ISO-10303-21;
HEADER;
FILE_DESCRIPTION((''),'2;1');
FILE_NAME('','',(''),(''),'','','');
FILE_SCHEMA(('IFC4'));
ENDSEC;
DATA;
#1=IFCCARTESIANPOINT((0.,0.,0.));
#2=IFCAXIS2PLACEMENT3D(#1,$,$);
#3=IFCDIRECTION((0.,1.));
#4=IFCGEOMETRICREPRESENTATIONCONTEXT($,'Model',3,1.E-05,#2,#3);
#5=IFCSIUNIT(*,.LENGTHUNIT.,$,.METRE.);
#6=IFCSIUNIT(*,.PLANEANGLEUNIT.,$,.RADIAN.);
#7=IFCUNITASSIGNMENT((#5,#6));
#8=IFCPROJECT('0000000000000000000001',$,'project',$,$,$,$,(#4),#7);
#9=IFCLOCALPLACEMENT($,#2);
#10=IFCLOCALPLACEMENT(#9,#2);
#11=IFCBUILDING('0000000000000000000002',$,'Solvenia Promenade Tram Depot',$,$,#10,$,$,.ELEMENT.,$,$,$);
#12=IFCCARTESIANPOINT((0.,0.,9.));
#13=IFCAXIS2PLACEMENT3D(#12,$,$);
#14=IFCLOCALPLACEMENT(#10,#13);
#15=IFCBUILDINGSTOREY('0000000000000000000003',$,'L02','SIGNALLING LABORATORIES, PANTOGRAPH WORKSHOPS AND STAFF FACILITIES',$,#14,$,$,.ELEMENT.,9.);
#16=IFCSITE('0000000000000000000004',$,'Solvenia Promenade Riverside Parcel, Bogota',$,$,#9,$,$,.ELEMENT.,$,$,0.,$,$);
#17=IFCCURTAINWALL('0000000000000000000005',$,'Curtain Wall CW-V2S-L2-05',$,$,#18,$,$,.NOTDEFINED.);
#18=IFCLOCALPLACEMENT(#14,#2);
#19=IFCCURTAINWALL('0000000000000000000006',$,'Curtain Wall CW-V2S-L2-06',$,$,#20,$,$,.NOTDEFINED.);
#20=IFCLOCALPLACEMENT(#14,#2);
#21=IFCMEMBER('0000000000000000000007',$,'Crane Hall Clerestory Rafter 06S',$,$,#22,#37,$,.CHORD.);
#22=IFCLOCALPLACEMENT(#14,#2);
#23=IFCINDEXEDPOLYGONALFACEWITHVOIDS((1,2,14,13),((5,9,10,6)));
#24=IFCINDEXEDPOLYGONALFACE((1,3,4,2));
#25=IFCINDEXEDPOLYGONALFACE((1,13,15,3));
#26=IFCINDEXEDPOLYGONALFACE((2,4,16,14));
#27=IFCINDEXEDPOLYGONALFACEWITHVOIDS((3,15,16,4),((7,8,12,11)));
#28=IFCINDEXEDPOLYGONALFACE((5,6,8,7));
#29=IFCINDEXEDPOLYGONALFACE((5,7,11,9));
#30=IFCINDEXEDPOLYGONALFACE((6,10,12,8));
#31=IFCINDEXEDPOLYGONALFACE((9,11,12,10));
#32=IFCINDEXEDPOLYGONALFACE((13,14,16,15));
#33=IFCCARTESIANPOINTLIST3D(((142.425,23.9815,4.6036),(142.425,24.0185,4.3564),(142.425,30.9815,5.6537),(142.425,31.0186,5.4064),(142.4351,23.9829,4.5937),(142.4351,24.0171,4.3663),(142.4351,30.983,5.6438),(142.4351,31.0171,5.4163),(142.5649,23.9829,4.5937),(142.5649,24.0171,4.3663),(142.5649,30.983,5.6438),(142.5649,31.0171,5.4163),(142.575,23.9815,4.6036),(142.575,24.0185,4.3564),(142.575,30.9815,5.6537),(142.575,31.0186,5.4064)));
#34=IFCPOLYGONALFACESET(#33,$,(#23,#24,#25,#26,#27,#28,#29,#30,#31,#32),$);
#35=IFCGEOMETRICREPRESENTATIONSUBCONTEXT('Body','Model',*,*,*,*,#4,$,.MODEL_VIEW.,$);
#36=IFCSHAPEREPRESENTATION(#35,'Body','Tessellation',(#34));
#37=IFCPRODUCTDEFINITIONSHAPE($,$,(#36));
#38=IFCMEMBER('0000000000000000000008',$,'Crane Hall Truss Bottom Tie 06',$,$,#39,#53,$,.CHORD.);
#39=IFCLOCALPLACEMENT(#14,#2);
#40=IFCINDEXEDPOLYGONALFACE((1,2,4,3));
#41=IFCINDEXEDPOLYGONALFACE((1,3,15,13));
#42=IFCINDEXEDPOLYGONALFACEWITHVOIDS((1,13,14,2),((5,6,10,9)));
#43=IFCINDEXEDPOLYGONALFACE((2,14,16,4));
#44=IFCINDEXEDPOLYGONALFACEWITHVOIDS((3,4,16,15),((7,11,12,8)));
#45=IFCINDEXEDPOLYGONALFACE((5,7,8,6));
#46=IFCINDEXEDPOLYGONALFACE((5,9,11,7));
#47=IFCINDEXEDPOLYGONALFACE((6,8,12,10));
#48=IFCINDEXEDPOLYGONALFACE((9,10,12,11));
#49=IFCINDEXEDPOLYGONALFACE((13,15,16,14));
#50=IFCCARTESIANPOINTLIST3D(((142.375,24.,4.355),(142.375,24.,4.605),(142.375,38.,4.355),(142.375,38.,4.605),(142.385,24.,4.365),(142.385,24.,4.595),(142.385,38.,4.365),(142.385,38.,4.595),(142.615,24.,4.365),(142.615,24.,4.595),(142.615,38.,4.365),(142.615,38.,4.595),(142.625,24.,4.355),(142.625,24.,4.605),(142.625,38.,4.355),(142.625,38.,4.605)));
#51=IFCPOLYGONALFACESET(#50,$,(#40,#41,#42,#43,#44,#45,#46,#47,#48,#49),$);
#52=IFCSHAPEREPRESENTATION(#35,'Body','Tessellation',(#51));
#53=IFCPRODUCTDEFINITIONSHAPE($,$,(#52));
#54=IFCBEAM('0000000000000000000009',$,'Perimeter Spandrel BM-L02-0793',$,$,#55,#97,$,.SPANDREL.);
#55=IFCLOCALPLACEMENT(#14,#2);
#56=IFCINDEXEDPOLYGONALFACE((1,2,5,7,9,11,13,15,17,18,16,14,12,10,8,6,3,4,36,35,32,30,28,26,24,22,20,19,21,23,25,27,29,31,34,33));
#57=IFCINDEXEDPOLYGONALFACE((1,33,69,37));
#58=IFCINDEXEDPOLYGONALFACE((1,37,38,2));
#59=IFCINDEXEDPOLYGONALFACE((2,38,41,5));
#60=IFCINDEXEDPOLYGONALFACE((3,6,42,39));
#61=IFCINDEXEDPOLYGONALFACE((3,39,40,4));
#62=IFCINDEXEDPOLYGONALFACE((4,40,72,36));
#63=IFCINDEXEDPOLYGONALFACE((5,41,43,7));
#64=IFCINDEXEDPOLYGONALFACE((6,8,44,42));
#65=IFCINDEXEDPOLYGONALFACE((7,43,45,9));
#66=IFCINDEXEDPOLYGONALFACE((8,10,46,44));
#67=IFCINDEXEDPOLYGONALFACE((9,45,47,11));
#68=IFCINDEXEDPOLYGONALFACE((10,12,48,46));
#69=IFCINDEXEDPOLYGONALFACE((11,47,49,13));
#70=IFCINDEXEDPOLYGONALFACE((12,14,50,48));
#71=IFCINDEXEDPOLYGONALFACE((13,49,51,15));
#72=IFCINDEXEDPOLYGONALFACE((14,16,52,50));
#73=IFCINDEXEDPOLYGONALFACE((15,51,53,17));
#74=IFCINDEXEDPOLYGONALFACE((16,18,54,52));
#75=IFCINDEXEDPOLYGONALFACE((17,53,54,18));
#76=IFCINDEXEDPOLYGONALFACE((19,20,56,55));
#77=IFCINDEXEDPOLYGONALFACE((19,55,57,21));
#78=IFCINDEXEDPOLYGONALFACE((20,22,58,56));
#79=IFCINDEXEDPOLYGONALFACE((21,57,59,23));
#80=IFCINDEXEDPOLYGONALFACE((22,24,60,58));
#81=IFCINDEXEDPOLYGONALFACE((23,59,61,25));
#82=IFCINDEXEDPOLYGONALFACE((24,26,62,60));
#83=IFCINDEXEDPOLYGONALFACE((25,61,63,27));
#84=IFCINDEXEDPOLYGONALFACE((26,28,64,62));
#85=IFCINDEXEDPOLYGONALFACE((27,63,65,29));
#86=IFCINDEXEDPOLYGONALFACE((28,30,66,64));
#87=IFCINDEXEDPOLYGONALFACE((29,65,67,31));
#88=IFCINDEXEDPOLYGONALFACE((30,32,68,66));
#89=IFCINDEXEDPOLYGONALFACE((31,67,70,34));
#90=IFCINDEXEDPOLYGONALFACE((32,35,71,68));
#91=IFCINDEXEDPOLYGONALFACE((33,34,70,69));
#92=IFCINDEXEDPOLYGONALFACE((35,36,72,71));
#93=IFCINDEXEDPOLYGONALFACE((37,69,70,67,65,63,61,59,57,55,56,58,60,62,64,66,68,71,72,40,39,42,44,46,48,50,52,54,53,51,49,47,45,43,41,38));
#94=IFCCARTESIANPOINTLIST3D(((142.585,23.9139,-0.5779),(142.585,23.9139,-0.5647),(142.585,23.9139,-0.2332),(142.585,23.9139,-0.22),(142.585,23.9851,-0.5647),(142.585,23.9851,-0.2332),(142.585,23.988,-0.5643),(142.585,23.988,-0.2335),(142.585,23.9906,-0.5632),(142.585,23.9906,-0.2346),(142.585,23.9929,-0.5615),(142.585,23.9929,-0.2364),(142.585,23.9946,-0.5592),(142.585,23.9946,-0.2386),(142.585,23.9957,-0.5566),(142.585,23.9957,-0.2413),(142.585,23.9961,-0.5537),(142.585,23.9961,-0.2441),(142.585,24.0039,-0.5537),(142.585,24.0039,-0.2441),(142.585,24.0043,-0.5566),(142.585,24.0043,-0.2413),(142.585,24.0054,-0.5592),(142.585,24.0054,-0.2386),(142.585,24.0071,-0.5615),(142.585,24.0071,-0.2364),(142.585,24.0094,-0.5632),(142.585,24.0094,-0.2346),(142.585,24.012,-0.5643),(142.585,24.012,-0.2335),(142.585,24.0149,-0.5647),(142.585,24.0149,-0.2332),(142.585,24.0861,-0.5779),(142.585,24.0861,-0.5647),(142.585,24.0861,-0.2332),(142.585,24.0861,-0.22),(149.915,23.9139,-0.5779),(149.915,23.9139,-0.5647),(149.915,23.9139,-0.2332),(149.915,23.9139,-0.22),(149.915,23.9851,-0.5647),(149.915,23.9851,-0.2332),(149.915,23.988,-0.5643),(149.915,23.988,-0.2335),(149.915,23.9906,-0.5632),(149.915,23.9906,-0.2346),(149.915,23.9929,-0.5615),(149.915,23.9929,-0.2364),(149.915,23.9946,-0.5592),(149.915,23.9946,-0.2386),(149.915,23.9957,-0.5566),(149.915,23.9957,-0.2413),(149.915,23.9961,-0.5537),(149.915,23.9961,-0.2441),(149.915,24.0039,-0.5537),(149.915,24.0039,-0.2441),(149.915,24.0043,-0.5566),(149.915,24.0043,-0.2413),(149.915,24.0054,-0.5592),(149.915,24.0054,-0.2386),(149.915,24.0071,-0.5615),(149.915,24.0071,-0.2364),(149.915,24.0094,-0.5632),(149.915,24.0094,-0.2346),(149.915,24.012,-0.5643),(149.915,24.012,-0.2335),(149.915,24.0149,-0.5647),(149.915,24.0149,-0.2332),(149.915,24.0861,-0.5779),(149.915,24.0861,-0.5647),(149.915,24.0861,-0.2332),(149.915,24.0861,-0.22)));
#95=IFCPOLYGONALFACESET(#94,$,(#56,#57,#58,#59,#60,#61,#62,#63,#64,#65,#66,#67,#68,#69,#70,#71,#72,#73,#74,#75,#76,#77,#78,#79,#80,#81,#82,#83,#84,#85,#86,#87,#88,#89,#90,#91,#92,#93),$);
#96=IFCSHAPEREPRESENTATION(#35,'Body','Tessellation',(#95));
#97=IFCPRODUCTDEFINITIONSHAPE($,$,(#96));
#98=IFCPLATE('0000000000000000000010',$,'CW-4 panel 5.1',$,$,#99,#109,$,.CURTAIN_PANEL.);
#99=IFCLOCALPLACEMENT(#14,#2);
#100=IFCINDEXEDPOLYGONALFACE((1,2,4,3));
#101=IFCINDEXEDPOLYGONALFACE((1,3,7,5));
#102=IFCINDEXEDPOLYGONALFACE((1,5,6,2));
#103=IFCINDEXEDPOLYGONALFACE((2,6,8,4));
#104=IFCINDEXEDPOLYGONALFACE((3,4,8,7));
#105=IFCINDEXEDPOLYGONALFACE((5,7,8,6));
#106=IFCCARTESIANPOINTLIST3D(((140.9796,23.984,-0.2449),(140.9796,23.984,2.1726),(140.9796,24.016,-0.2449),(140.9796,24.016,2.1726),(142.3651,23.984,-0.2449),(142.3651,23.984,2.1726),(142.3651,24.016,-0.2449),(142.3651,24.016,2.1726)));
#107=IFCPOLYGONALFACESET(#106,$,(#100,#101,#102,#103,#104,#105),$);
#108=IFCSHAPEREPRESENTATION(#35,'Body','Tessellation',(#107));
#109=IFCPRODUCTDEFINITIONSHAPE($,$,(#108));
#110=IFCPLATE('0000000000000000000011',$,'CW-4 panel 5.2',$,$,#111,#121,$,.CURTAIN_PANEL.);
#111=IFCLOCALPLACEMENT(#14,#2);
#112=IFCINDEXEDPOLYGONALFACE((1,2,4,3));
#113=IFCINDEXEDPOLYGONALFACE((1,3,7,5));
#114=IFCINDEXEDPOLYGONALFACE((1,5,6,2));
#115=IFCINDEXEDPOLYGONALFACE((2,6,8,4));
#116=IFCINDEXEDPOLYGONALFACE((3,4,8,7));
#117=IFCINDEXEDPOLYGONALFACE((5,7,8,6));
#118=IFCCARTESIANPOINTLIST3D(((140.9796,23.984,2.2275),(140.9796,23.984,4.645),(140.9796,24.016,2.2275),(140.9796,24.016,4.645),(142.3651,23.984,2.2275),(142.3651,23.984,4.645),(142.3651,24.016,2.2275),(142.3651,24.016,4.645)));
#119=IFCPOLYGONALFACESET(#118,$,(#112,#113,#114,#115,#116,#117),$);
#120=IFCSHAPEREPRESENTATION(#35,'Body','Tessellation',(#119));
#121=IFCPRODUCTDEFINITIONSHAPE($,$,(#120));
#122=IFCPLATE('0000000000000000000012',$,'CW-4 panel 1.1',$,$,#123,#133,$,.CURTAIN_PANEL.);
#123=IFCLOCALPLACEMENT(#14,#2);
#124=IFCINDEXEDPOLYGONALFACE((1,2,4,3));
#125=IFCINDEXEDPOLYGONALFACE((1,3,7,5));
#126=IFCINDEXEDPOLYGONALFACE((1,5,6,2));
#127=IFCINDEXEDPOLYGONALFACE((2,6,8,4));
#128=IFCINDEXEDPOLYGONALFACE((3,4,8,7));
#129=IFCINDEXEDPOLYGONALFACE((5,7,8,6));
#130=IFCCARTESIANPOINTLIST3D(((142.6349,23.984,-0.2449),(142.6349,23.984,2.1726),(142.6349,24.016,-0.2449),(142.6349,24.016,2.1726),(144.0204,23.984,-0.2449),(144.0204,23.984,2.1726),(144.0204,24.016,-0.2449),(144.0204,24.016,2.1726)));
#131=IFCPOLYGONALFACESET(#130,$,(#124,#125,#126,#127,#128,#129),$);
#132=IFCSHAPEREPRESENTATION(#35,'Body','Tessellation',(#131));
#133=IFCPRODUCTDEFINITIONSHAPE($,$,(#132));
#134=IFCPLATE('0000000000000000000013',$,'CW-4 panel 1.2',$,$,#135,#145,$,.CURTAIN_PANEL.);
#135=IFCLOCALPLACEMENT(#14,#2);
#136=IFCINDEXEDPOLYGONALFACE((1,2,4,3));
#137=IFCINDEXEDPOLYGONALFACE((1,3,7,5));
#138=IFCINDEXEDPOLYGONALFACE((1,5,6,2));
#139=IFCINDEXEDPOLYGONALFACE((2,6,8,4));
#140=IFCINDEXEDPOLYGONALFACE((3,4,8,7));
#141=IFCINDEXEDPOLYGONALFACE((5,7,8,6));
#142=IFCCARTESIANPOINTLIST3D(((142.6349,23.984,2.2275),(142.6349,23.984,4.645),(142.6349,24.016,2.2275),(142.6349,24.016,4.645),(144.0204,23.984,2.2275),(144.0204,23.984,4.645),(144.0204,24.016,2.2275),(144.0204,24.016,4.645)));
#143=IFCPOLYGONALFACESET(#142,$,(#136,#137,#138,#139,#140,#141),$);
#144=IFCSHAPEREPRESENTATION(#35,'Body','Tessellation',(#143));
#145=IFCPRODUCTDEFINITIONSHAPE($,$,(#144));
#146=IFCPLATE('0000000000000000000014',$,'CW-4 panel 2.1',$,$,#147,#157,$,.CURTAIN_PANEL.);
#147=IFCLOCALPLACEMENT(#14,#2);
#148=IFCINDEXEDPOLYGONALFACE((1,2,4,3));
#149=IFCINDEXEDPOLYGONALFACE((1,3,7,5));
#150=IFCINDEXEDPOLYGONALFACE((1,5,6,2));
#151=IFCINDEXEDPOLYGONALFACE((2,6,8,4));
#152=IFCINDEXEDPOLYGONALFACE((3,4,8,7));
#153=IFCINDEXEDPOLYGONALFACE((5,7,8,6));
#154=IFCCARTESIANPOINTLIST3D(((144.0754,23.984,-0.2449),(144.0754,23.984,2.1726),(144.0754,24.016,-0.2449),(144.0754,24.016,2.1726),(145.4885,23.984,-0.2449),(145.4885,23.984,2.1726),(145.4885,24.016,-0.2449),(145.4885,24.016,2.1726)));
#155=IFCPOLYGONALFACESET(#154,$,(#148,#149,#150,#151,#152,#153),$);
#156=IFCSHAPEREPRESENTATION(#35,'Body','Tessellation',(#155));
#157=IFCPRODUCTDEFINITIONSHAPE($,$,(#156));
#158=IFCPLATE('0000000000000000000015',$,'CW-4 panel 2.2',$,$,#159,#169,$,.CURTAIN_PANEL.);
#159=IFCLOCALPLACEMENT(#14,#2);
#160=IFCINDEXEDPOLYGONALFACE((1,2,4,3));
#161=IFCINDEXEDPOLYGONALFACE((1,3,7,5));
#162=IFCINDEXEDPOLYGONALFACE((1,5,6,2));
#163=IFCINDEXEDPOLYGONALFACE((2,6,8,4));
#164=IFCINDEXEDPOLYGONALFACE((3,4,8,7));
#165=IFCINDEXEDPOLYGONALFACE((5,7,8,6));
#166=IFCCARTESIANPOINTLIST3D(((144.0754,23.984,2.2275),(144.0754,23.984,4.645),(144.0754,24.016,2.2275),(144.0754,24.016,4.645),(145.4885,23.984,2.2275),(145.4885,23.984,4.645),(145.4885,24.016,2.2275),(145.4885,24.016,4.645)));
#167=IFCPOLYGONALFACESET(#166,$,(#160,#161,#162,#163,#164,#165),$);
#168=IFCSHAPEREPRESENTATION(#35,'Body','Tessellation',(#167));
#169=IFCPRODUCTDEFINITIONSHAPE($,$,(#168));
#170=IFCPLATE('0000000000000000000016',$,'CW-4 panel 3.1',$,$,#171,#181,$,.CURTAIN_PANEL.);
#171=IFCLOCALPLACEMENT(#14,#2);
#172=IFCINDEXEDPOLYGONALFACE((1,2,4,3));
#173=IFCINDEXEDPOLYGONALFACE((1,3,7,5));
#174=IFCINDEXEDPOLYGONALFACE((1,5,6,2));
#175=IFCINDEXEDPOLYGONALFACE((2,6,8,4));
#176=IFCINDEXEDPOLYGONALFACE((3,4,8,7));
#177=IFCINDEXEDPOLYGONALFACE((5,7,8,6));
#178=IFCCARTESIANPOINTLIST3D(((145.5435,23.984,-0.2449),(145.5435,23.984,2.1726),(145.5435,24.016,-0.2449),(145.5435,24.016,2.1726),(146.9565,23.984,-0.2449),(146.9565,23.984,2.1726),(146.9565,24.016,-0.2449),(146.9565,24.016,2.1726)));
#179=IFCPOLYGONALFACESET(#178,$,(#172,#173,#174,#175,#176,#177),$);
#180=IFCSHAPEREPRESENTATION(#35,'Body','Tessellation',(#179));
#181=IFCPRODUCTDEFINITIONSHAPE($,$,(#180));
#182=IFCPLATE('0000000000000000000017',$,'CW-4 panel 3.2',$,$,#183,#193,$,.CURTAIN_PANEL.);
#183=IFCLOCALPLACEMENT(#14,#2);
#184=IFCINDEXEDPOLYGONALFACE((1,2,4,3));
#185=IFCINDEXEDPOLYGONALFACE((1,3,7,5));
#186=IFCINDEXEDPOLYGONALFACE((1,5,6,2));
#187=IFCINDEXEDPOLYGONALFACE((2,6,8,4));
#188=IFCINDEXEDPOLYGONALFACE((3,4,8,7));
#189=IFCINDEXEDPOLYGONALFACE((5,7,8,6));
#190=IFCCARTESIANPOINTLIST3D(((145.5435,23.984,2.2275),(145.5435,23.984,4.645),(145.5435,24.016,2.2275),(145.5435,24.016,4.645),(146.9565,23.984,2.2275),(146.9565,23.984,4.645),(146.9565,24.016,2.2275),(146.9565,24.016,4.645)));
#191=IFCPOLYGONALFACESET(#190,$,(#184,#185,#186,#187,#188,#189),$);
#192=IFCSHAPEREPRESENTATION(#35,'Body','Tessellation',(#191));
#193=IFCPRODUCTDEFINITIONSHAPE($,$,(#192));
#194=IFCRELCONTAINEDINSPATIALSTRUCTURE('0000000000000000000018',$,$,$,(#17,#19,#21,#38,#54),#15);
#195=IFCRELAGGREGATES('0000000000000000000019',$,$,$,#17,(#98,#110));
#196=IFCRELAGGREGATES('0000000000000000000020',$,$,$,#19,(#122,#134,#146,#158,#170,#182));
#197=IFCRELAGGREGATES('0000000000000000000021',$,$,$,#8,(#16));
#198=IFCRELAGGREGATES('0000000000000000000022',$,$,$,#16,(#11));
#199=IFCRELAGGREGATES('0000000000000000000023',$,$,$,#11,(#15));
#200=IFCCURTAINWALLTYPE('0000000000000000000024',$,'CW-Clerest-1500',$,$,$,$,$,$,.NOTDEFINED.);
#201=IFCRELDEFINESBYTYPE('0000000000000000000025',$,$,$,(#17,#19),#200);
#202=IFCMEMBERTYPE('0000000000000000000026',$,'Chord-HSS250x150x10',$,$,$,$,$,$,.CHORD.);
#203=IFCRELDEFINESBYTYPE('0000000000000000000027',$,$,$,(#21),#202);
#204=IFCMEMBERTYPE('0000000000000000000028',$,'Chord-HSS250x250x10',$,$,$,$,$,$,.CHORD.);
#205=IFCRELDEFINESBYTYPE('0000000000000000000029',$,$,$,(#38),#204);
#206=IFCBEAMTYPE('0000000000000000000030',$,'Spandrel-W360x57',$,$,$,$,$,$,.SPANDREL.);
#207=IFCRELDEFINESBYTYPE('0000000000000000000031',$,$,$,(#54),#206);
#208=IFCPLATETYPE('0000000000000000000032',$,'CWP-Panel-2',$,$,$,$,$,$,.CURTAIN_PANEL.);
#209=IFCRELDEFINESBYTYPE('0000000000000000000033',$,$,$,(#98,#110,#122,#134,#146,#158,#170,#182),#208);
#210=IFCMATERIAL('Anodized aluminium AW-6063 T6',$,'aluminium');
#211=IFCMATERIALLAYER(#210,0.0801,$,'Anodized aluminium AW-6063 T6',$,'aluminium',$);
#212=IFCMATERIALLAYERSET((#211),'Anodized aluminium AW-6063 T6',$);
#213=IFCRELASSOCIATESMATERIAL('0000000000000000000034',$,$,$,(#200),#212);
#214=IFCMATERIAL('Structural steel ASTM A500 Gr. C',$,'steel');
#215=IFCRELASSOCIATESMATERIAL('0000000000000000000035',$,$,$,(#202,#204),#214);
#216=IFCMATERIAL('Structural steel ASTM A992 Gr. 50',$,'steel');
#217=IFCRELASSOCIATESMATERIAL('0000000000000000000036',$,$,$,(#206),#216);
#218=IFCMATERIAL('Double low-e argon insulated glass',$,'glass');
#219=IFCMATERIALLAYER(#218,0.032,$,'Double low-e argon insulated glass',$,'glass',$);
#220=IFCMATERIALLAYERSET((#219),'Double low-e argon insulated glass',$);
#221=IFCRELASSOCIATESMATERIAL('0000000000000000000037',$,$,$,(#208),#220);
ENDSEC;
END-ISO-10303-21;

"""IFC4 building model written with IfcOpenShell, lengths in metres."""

from ifc_helpers import new_model, si_unit, direction, frame, origin, origin_2d, place, context, subcontext, project, spatial, rectangle, hollow_rectangle, i_section, extrude, material, layer, layer_set, material_profile, profile_set, type_object, element, aggregate, save


model = new_model("IFC4")

# Units and contexts
model_context = context("Model", 3, precision=1e-05, world=origin(), true_north=direction((0.0, 1.0)))
body_context = subcontext(model_context, "Body", "Model", "MODEL_VIEW")
ifc_project = project(units=[si_unit("LENGTHUNIT", "METRE"), si_unit("PLANEANGLEUNIT", "RADIAN")], contexts=[model_context])

# Site, building, storey
site_placement = place(None, origin())
site = spatial("IfcSite", under=ifc_project, at=site_placement, Name="Solvenia Promenade Riverside Parcel, Bogota", CompositionType="ELEMENT", RefElevation=0.0)
building_placement = place(site_placement, origin())
building = spatial("IfcBuilding", under=site, at=building_placement, Name="Solvenia Promenade Tram Depot", CompositionType="ELEMENT")
storey_placement = place(building_placement, frame((0.0, 0.0, 9.0)))
storey = spatial("IfcBuildingStorey", under=building, at=storey_placement, Name="L02", Description="SIGNALLING LABORATORIES, PANTOGRAPH WORKSHOPS AND STAFF FACILITIES", CompositionType="ELEMENT", Elevation=9.0)

# Shared definitions
ifc_material_1 = material(Name="Structural steel ASTM A992 Gr. 50", Category="steel")

# Curtain wall
ifc_material_2 = material(Name="Anodized aluminium AW-6063 T6", Category="aluminium")
ifc_layer_1 = layer(ifc_material_2, 0.0801, Name="Anodized aluminium AW-6063 T6", Category="aluminium")
ifc_layer_set_1 = layer_set([ifc_layer_1], Name="Anodized aluminium AW-6063 T6")
curtain_wall_type = type_object("IfcCurtainWallType", Name="CW-Clerest-1500", PredefinedType="NOTDEFINED", material=ifc_layer_set_1)
curtain_wall_1_placement = place(storey_placement, origin())
curtain_wall_1 = element("IfcCurtainWall", 1, at=curtain_wall_1_placement, inside=storey, type_object=curtain_wall_type, Name="Curtain Wall CW-V2S-L2-05", PredefinedType="NOTDEFINED")

# Curtain wall
curtain_wall_2_placement = place(storey_placement, origin())
curtain_wall_2 = element("IfcCurtainWall", 2, at=curtain_wall_2_placement, inside=storey, type_object=curtain_wall_type, Name="Curtain Wall CW-V2S-L2-06", PredefinedType="NOTDEFINED")

# Members
ifc_material_3 = material(Name="Structural steel ASTM A500 Gr. C", Category="steel")
ifc_material_profile_1 = material_profile(ifc_material_3, hollow_rectangle(XDim=0.1499, YDim=0.25, WallThickness=0.01, at=origin_2d()), Name="HSS250x150x10", Category="steel")
ifc_profile_set_1 = profile_set([ifc_material_profile_1], Name="Structural steel ASTM A500 Gr. C")
member_type_1 = type_object("IfcMemberType", Name="Chord-HSS250x150x10", PredefinedType="CHORD", material=ifc_profile_set_1)
member_1_placement = place(storey_placement, frame((142.5, 24.0, 4.48), z_axis=(0.0, 0.988935, 0.148347), x_axis=(-1.0, 0.0, 0.0)))
element("IfcMember", 3, at=member_1_placement, inside=storey, type_object=member_type_1, Name="Crane Hall Clerestory Rafter 06S", PredefinedType="CHORD", context=body_context, shape_type="SweptSolid", body=[
    extrude(hollow_rectangle(XDim=0.1499, YDim=0.25, WallThickness=0.01, at=origin_2d()), origin(), (0.0, 0.0, 1.0), 7.0784),
])
ifc_material_profile_2 = material_profile(ifc_material_3, hollow_rectangle(XDim=0.25, YDim=0.25, WallThickness=0.01, at=origin_2d()), Name="HSS250x250x10", Category="steel")
ifc_profile_set_2 = profile_set([ifc_material_profile_2], Name="Structural steel ASTM A500 Gr. C")
member_type_2 = type_object("IfcMemberType", Name="Chord-HSS250x250x10", PredefinedType="CHORD", material=ifc_profile_set_2)
member_2_placement = place(storey_placement, frame((142.5, 24.0, 4.48), z_axis=(0.0, 1.0, 0.0), x_axis=(-1.0, 0.0, 0.0)))
element("IfcMember", 4, at=member_2_placement, inside=storey, type_object=member_type_2, Name="Crane Hall Truss Bottom Tie 06", PredefinedType="CHORD", context=body_context, shape_type="SweptSolid", body=[
    extrude(hollow_rectangle(XDim=0.25, YDim=0.25, WallThickness=0.01, at=origin_2d()), origin(), (0.0, 0.0, 1.0), 14.0),
])

# Beam
ifc_material_profile_3 = material_profile(ifc_material_1, i_section(OverallWidth=0.1721, OverallDepth=0.3579, WebThickness=0.0078, FlangeThickness=0.0132, FilletRadius=0.011, at=origin_2d()), Name="W360x57", Category="steel")
ifc_profile_set_3 = profile_set([ifc_material_profile_3], Name="Structural steel ASTM A992 Gr. 50")
beam_type = type_object("IfcBeamType", Name="Spandrel-W360x57", PredefinedType="SPANDREL", material=ifc_profile_set_3)
beam_placement = place(storey_placement, frame((142.585, 24.0, -0.3989), z_axis=(1.0, 0.0, 0.0), x_axis=(0.0, 1.0, 0.0)))
element("IfcBeam", 5, at=beam_placement, inside=storey, type_object=beam_type, Name="Perimeter Spandrel BM-L02-0793", PredefinedType="SPANDREL", context=body_context, shape_type="SweptSolid", body=[
    extrude(i_section(OverallWidth=0.1721, OverallDepth=0.3579, WebThickness=0.0078, FlangeThickness=0.0132, FilletRadius=0.011, at=origin_2d()), origin(), (0.0, 0.0, 1.0), 7.3301),
])

# Plates
ifc_material_4 = material(Name="Double low-e argon insulated glass", Category="glass")
ifc_layer_2 = layer(ifc_material_4, 0.032, Name="Double low-e argon insulated glass", Category="glass")
ifc_layer_set_2 = layer_set([ifc_layer_2], Name="Double low-e argon insulated glass")
plate_type = type_object("IfcPlateType", Name="CWP-Panel-2", PredefinedType="CURTAIN_PANEL", material=ifc_layer_set_2)
plate_1_placement = place(storey_placement, frame((141.6724, 24.0, -0.2449), z_axis=(0.0, 0.0, 1.0), x_axis=(1.0, 0.0, 0.0)))
plate_1 = element("IfcPlate", 6, at=plate_1_placement, type_object=plate_type, Name="CW-4 panel 5.1", PredefinedType="CURTAIN_PANEL", context=body_context, shape_type="SweptSolid", body=[
    extrude(rectangle(XDim=1.3855, YDim=0.032, at=origin_2d()), origin(), (0.0, 0.0, 1.0), 2.4175),
])
plate_2_placement = place(storey_placement, frame((141.6724, 24.0, 2.2275), z_axis=(0.0, 0.0, 1.0), x_axis=(1.0, 0.0, 0.0)))
plate_2 = element("IfcPlate", 7, at=plate_2_placement, type_object=plate_type, Name="CW-4 panel 5.2", PredefinedType="CURTAIN_PANEL", context=body_context, shape_type="SweptSolid", body=[
    extrude(rectangle(XDim=1.3855, YDim=0.032, at=origin_2d()), origin(), (0.0, 0.0, 1.0), 2.4175),
])
aggregate(curtain_wall_1, [plate_1, plate_2])
plate_3_placement = place(storey_placement, frame((143.3276, 24.0, -0.2449), z_axis=(0.0, 0.0, 1.0), x_axis=(1.0, 0.0, 0.0)))
plate_3 = element("IfcPlate", 8, at=plate_3_placement, type_object=plate_type, Name="CW-4 panel 1.1", PredefinedType="CURTAIN_PANEL", context=body_context, shape_type="SweptSolid", body=[
    extrude(rectangle(XDim=1.3855, YDim=0.032, at=origin_2d()), origin(), (0.0, 0.0, 1.0), 2.4175),
])
plate_4_placement = place(storey_placement, frame((143.3276, 24.0, 2.2275), z_axis=(0.0, 0.0, 1.0), x_axis=(1.0, 0.0, 0.0)))
plate_4 = element("IfcPlate", 9, at=plate_4_placement, type_object=plate_type, Name="CW-4 panel 1.2", PredefinedType="CURTAIN_PANEL", context=body_context, shape_type="SweptSolid", body=[
    extrude(rectangle(XDim=1.3855, YDim=0.032, at=origin_2d()), origin(), (0.0, 0.0, 1.0), 2.4175),
])
plate_5_placement = place(storey_placement, frame((144.782, 24.0, -0.2449), z_axis=(0.0, 0.0, 1.0), x_axis=(1.0, 0.0, 0.0)))
plate_5 = element("IfcPlate", 10, at=plate_5_placement, type_object=plate_type, Name="CW-4 panel 2.1", PredefinedType="CURTAIN_PANEL", context=body_context, shape_type="SweptSolid", body=[
    extrude(rectangle(XDim=1.4131, YDim=0.032, at=origin_2d()), origin(), (0.0, 0.0, 1.0), 2.4175),
])
plate_6_placement = place(storey_placement, frame((144.782, 24.0, 2.2275), z_axis=(0.0, 0.0, 1.0), x_axis=(1.0, 0.0, 0.0)))
plate_6 = element("IfcPlate", 11, at=plate_6_placement, type_object=plate_type, Name="CW-4 panel 2.2", PredefinedType="CURTAIN_PANEL", context=body_context, shape_type="SweptSolid", body=[
    extrude(rectangle(XDim=1.4131, YDim=0.032, at=origin_2d()), origin(), (0.0, 0.0, 1.0), 2.4175),
])
plate_7_placement = place(storey_placement, frame((146.25, 24.0, -0.2449), z_axis=(0.0, 0.0, 1.0), x_axis=(1.0, 0.0, 0.0)))
plate_7 = element("IfcPlate", 12, at=plate_7_placement, type_object=plate_type, Name="CW-4 panel 3.1", PredefinedType="CURTAIN_PANEL", context=body_context, shape_type="SweptSolid", body=[
    extrude(rectangle(XDim=1.4131, YDim=0.032, at=origin_2d()), origin(), (0.0, 0.0, 1.0), 2.4175),
])
plate_8_placement = place(storey_placement, frame((146.25, 24.0, 2.2275), z_axis=(0.0, 0.0, 1.0), x_axis=(1.0, 0.0, 0.0)))
plate_8 = element("IfcPlate", 13, at=plate_8_placement, type_object=plate_type, Name="CW-4 panel 3.2", PredefinedType="CURTAIN_PANEL", context=body_context, shape_type="SweptSolid", body=[
    extrude(rectangle(XDim=1.4131, YDim=0.032, at=origin_2d()), origin(), (0.0, 0.0, 1.0), 2.4175),
])
aggregate(curtain_wall_2, [plate_3, plate_4, plate_5, plate_6, plate_7, plate_8])

save(model, "model.ifc")
